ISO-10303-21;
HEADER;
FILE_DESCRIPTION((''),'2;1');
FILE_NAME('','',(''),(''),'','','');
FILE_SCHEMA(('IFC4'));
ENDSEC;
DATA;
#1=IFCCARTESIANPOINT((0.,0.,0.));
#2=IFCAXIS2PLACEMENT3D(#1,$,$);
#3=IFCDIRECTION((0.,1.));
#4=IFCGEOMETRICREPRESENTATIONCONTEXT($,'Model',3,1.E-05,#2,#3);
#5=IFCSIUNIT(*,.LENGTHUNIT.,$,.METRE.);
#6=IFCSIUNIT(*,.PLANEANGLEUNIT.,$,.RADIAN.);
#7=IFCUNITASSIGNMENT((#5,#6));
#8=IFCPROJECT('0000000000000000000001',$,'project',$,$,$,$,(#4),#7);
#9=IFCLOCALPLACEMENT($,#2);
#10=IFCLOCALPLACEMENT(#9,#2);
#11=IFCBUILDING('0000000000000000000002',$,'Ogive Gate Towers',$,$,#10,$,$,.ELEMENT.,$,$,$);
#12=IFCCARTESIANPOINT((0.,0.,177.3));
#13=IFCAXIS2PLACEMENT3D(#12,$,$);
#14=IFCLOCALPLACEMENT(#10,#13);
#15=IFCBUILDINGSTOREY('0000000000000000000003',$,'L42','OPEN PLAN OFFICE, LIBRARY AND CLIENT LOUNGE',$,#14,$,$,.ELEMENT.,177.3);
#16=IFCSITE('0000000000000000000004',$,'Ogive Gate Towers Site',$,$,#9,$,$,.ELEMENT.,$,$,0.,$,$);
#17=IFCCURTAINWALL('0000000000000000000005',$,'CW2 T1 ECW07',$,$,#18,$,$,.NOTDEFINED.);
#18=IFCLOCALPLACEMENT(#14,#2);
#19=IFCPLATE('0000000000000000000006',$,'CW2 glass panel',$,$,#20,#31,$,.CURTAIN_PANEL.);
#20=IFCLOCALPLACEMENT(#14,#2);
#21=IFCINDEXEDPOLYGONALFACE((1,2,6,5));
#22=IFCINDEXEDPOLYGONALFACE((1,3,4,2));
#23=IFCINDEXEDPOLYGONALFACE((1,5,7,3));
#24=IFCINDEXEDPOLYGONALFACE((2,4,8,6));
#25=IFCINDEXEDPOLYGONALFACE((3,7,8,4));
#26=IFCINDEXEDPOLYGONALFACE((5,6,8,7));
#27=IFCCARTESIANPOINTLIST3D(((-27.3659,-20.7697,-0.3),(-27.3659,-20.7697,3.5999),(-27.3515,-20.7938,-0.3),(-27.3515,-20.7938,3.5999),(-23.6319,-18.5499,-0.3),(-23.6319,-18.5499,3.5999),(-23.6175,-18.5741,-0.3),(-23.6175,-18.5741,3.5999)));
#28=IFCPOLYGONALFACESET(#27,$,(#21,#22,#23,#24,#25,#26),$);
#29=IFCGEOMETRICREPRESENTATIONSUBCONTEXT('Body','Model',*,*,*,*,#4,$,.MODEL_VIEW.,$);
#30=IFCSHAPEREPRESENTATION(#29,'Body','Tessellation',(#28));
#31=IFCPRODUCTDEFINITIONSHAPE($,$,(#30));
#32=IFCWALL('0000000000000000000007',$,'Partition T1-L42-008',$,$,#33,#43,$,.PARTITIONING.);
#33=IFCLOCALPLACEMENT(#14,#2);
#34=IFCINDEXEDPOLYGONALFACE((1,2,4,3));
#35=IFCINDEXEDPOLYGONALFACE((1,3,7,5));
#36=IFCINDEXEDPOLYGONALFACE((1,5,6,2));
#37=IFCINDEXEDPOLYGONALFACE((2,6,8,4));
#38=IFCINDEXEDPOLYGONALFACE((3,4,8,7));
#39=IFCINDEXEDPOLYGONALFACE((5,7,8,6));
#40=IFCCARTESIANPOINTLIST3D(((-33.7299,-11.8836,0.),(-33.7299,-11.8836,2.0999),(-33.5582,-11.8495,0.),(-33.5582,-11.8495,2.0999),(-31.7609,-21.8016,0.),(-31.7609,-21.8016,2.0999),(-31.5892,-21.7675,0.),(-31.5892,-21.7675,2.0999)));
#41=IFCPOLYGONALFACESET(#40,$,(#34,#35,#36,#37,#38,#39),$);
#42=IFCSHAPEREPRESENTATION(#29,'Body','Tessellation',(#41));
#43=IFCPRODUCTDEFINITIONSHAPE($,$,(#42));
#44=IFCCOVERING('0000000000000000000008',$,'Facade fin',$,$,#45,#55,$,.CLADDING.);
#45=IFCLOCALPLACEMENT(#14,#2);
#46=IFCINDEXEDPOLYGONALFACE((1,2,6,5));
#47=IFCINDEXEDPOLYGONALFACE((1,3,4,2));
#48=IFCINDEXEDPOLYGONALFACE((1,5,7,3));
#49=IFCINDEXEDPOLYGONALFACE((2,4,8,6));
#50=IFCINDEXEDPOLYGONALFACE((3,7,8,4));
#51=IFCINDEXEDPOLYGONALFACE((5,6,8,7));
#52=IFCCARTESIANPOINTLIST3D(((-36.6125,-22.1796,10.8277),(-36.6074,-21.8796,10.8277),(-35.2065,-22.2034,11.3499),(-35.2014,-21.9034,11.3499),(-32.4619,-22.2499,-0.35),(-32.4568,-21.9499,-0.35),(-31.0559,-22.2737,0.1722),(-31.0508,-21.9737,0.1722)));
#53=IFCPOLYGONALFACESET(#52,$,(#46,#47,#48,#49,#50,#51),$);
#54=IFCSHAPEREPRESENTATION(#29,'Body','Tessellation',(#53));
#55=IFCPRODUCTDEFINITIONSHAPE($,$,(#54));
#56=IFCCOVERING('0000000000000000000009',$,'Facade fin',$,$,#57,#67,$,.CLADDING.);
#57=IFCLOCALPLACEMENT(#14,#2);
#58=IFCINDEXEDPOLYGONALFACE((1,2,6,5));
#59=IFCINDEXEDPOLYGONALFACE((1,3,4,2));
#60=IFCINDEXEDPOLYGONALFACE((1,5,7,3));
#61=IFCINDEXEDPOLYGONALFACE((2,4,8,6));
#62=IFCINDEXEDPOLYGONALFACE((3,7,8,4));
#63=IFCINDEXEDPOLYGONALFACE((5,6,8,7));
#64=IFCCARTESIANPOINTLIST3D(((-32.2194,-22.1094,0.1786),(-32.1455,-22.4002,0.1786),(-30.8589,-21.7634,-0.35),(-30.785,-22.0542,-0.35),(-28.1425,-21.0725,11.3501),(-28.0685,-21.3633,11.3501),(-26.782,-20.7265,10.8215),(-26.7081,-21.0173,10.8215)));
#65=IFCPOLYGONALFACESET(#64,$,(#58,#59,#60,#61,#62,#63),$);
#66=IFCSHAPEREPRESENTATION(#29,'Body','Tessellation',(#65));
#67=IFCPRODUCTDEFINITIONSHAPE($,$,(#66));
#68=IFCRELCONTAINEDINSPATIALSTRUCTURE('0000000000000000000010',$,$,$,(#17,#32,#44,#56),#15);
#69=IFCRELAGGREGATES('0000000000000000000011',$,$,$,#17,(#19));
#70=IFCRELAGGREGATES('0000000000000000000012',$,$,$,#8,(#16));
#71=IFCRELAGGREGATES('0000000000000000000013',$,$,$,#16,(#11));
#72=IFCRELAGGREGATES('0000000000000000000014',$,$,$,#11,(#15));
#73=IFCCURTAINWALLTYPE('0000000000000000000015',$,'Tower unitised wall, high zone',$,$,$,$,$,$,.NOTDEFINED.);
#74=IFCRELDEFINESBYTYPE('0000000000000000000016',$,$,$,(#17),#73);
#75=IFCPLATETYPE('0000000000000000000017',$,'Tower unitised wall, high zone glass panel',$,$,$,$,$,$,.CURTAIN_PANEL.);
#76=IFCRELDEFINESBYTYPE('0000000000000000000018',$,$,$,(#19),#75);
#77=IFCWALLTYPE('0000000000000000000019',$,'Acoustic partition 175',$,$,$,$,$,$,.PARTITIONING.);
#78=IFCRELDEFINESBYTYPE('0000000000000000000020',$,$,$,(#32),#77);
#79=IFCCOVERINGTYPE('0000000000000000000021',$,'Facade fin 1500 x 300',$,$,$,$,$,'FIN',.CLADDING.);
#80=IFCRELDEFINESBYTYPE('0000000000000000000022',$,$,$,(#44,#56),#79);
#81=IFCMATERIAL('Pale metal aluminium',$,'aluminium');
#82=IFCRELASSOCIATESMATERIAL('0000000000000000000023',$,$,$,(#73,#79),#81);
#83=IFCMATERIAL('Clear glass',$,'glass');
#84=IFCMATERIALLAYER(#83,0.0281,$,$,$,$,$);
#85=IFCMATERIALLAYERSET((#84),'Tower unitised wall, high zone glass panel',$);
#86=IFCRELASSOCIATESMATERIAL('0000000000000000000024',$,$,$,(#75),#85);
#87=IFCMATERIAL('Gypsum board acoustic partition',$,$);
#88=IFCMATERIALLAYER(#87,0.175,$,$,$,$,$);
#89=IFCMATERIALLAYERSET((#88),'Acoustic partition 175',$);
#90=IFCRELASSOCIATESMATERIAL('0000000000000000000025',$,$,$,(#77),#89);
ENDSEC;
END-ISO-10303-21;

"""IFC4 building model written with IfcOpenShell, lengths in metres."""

from ifc_helpers import new_model, si_unit, direction, frame, frame_2d, origin, origin_2d, place, context, subcontext, project, spatial, rectangle, extrude, material, layer, layer_set, material_profile, profile_set, type_object, element, aggregate, save


model = new_model("IFC4")

# Units and contexts
model_context = context("Model", 3, precision=1e-05, world=origin(), true_north=direction((0.0, 1.0)))
body_context = subcontext(model_context, "Body", "Model", "MODEL_VIEW")
ifc_project = project(units=[si_unit("LENGTHUNIT", "METRE"), si_unit("PLANEANGLEUNIT", "RADIAN")], contexts=[model_context])

# Site, building, storey
site_placement = place(None, origin())
site = spatial("IfcSite", under=ifc_project, at=site_placement, Name="Ogive Gate Towers Site", CompositionType="ELEMENT", RefElevation=0.0)
building_placement = place(site_placement, origin())
building = spatial("IfcBuilding", under=site, at=building_placement, Name="Ogive Gate Towers", CompositionType="ELEMENT")
storey_placement = place(building_placement, frame((0.0, 0.0, 177.3)))
storey = spatial("IfcBuildingStorey", under=building, at=storey_placement, Name="L42", Description="OPEN PLAN OFFICE, LIBRARY AND CLIENT LOUNGE", CompositionType="ELEMENT", Elevation=177.3)

# Curtain wall, plate
ifc_material_1 = material(Name="Pale metal aluminium", Category="aluminium")
curtain_wall_type = type_object("IfcCurtainWallType", Name="Tower unitised wall, high zone", PredefinedType="NOTDEFINED", material=ifc_material_1)
curtain_wall_placement = place(storey_placement, origin())
curtain_wall = element("IfcCurtainWall", 1, at=curtain_wall_placement, inside=storey, type_object=curtain_wall_type, Name="CW2 T1 ECW07", PredefinedType="NOTDEFINED")
ifc_material_2 = material(Name="Clear glass", Category="glass")
ifc_layer_1 = layer(ifc_material_2, 0.0281)
ifc_layer_set_1 = layer_set([ifc_layer_1], Name="Tower unitised wall, high zone glass panel")
plate_type = type_object("IfcPlateType", Name="Tower unitised wall, high zone glass panel", PredefinedType="CURTAIN_PANEL", material=ifc_layer_set_1)
plate_1_placement = place(storey_placement, frame((-25.4917, -19.6719, -0.3), z_axis=(0.0, 0.0, 1.0), x_axis=(0.859585, 0.510993, 0.0)))
plate_1 = element("IfcPlate", 2, at=plate_1_placement, type_object=plate_type, Name="CW2 glass panel", PredefinedType="CURTAIN_PANEL", context=body_context, shape_type="SweptSolid", body=[
    extrude(rectangle(XDim=4.344, YDim=0.0281, at=origin_2d()), origin(), (0.0, 0.0, 1.0), 3.8999),
])
aggregate(curtain_wall, [plate_1])

# Wall
ifc_material_3 = material(Name="Gypsum board acoustic partition")
ifc_layer_2 = layer(ifc_material_3, 0.175)
ifc_layer_set_2 = layer_set([ifc_layer_2], Name="Acoustic partition 175")
wall_type = type_object("IfcWallType", Name="Acoustic partition 175", PredefinedType="PARTITIONING", material=ifc_layer_set_2)
wall_placement = place(storey_placement, frame((-31.675, -21.7844, 0.0), z_axis=(0.0, 0.0, 1.0), x_axis=(-0.194728, 0.980857, 0.0)))
element("IfcWall", 3, at=wall_placement, inside=storey, type_object=wall_type, Name="Partition T1-L42-008", PredefinedType="PARTITIONING", context=body_context, shape_type="SweptSolid", body=[
    extrude(rectangle(XDim=10.1116, YDim=0.175, at=frame_2d((5.0557, 0.0))), origin(), (0.0, 0.0, 1.0), 2.0999),
])

# Coverings
ifc_material_profile_1 = material_profile(ifc_material_1, rectangle(XDim=0.3, YDim=1.5, at=origin_2d()), Name="1500 x 300 pale metal aluminium")
ifc_profile_set_1 = profile_set([ifc_material_profile_1], Name="Pale metal aluminium")
covering_type = type_object("IfcCoveringType", Name="Facade fin 1500 x 300", ElementType="FIN", PredefinedType="CLADDING", material=ifc_profile_set_1)
covering_1_placement = place(storey_placement, frame((-31.7563, -22.1118, -0.0889), z_axis=(-0.3481, 0.005897, 0.937439), x_axis=(-0.016938, -0.999857, 0.0)))
element("IfcCovering", 4, at=covering_1_placement, inside=storey, type_object=covering_type, Name="Facade fin", PredefinedType="CLADDING", context=body_context, shape_type="SweptSolid", body=[
    extrude(rectangle(XDim=0.3, YDim=1.5, at=origin_2d()), origin(), (0.0, 0.0, 1.0), 11.9236),
])
covering_2_placement = place(storey_placement, frame((-31.5022, -22.0818, -0.0857), z_axis=(0.34153, 0.08686, 0.935849), x_axis=(-0.24648, 0.969148, 0.0)))
element("IfcCovering", 5, at=covering_2_placement, inside=storey, type_object=covering_type, Name="Facade fin", PredefinedType="CLADDING", context=body_context, shape_type="SweptSolid", body=[
    extrude(rectangle(XDim=0.3, YDim=1.5, at=origin_2d()), origin(), (0.0, 0.0, 1.0), 11.9373),
])

save(model, "model.ifc")
